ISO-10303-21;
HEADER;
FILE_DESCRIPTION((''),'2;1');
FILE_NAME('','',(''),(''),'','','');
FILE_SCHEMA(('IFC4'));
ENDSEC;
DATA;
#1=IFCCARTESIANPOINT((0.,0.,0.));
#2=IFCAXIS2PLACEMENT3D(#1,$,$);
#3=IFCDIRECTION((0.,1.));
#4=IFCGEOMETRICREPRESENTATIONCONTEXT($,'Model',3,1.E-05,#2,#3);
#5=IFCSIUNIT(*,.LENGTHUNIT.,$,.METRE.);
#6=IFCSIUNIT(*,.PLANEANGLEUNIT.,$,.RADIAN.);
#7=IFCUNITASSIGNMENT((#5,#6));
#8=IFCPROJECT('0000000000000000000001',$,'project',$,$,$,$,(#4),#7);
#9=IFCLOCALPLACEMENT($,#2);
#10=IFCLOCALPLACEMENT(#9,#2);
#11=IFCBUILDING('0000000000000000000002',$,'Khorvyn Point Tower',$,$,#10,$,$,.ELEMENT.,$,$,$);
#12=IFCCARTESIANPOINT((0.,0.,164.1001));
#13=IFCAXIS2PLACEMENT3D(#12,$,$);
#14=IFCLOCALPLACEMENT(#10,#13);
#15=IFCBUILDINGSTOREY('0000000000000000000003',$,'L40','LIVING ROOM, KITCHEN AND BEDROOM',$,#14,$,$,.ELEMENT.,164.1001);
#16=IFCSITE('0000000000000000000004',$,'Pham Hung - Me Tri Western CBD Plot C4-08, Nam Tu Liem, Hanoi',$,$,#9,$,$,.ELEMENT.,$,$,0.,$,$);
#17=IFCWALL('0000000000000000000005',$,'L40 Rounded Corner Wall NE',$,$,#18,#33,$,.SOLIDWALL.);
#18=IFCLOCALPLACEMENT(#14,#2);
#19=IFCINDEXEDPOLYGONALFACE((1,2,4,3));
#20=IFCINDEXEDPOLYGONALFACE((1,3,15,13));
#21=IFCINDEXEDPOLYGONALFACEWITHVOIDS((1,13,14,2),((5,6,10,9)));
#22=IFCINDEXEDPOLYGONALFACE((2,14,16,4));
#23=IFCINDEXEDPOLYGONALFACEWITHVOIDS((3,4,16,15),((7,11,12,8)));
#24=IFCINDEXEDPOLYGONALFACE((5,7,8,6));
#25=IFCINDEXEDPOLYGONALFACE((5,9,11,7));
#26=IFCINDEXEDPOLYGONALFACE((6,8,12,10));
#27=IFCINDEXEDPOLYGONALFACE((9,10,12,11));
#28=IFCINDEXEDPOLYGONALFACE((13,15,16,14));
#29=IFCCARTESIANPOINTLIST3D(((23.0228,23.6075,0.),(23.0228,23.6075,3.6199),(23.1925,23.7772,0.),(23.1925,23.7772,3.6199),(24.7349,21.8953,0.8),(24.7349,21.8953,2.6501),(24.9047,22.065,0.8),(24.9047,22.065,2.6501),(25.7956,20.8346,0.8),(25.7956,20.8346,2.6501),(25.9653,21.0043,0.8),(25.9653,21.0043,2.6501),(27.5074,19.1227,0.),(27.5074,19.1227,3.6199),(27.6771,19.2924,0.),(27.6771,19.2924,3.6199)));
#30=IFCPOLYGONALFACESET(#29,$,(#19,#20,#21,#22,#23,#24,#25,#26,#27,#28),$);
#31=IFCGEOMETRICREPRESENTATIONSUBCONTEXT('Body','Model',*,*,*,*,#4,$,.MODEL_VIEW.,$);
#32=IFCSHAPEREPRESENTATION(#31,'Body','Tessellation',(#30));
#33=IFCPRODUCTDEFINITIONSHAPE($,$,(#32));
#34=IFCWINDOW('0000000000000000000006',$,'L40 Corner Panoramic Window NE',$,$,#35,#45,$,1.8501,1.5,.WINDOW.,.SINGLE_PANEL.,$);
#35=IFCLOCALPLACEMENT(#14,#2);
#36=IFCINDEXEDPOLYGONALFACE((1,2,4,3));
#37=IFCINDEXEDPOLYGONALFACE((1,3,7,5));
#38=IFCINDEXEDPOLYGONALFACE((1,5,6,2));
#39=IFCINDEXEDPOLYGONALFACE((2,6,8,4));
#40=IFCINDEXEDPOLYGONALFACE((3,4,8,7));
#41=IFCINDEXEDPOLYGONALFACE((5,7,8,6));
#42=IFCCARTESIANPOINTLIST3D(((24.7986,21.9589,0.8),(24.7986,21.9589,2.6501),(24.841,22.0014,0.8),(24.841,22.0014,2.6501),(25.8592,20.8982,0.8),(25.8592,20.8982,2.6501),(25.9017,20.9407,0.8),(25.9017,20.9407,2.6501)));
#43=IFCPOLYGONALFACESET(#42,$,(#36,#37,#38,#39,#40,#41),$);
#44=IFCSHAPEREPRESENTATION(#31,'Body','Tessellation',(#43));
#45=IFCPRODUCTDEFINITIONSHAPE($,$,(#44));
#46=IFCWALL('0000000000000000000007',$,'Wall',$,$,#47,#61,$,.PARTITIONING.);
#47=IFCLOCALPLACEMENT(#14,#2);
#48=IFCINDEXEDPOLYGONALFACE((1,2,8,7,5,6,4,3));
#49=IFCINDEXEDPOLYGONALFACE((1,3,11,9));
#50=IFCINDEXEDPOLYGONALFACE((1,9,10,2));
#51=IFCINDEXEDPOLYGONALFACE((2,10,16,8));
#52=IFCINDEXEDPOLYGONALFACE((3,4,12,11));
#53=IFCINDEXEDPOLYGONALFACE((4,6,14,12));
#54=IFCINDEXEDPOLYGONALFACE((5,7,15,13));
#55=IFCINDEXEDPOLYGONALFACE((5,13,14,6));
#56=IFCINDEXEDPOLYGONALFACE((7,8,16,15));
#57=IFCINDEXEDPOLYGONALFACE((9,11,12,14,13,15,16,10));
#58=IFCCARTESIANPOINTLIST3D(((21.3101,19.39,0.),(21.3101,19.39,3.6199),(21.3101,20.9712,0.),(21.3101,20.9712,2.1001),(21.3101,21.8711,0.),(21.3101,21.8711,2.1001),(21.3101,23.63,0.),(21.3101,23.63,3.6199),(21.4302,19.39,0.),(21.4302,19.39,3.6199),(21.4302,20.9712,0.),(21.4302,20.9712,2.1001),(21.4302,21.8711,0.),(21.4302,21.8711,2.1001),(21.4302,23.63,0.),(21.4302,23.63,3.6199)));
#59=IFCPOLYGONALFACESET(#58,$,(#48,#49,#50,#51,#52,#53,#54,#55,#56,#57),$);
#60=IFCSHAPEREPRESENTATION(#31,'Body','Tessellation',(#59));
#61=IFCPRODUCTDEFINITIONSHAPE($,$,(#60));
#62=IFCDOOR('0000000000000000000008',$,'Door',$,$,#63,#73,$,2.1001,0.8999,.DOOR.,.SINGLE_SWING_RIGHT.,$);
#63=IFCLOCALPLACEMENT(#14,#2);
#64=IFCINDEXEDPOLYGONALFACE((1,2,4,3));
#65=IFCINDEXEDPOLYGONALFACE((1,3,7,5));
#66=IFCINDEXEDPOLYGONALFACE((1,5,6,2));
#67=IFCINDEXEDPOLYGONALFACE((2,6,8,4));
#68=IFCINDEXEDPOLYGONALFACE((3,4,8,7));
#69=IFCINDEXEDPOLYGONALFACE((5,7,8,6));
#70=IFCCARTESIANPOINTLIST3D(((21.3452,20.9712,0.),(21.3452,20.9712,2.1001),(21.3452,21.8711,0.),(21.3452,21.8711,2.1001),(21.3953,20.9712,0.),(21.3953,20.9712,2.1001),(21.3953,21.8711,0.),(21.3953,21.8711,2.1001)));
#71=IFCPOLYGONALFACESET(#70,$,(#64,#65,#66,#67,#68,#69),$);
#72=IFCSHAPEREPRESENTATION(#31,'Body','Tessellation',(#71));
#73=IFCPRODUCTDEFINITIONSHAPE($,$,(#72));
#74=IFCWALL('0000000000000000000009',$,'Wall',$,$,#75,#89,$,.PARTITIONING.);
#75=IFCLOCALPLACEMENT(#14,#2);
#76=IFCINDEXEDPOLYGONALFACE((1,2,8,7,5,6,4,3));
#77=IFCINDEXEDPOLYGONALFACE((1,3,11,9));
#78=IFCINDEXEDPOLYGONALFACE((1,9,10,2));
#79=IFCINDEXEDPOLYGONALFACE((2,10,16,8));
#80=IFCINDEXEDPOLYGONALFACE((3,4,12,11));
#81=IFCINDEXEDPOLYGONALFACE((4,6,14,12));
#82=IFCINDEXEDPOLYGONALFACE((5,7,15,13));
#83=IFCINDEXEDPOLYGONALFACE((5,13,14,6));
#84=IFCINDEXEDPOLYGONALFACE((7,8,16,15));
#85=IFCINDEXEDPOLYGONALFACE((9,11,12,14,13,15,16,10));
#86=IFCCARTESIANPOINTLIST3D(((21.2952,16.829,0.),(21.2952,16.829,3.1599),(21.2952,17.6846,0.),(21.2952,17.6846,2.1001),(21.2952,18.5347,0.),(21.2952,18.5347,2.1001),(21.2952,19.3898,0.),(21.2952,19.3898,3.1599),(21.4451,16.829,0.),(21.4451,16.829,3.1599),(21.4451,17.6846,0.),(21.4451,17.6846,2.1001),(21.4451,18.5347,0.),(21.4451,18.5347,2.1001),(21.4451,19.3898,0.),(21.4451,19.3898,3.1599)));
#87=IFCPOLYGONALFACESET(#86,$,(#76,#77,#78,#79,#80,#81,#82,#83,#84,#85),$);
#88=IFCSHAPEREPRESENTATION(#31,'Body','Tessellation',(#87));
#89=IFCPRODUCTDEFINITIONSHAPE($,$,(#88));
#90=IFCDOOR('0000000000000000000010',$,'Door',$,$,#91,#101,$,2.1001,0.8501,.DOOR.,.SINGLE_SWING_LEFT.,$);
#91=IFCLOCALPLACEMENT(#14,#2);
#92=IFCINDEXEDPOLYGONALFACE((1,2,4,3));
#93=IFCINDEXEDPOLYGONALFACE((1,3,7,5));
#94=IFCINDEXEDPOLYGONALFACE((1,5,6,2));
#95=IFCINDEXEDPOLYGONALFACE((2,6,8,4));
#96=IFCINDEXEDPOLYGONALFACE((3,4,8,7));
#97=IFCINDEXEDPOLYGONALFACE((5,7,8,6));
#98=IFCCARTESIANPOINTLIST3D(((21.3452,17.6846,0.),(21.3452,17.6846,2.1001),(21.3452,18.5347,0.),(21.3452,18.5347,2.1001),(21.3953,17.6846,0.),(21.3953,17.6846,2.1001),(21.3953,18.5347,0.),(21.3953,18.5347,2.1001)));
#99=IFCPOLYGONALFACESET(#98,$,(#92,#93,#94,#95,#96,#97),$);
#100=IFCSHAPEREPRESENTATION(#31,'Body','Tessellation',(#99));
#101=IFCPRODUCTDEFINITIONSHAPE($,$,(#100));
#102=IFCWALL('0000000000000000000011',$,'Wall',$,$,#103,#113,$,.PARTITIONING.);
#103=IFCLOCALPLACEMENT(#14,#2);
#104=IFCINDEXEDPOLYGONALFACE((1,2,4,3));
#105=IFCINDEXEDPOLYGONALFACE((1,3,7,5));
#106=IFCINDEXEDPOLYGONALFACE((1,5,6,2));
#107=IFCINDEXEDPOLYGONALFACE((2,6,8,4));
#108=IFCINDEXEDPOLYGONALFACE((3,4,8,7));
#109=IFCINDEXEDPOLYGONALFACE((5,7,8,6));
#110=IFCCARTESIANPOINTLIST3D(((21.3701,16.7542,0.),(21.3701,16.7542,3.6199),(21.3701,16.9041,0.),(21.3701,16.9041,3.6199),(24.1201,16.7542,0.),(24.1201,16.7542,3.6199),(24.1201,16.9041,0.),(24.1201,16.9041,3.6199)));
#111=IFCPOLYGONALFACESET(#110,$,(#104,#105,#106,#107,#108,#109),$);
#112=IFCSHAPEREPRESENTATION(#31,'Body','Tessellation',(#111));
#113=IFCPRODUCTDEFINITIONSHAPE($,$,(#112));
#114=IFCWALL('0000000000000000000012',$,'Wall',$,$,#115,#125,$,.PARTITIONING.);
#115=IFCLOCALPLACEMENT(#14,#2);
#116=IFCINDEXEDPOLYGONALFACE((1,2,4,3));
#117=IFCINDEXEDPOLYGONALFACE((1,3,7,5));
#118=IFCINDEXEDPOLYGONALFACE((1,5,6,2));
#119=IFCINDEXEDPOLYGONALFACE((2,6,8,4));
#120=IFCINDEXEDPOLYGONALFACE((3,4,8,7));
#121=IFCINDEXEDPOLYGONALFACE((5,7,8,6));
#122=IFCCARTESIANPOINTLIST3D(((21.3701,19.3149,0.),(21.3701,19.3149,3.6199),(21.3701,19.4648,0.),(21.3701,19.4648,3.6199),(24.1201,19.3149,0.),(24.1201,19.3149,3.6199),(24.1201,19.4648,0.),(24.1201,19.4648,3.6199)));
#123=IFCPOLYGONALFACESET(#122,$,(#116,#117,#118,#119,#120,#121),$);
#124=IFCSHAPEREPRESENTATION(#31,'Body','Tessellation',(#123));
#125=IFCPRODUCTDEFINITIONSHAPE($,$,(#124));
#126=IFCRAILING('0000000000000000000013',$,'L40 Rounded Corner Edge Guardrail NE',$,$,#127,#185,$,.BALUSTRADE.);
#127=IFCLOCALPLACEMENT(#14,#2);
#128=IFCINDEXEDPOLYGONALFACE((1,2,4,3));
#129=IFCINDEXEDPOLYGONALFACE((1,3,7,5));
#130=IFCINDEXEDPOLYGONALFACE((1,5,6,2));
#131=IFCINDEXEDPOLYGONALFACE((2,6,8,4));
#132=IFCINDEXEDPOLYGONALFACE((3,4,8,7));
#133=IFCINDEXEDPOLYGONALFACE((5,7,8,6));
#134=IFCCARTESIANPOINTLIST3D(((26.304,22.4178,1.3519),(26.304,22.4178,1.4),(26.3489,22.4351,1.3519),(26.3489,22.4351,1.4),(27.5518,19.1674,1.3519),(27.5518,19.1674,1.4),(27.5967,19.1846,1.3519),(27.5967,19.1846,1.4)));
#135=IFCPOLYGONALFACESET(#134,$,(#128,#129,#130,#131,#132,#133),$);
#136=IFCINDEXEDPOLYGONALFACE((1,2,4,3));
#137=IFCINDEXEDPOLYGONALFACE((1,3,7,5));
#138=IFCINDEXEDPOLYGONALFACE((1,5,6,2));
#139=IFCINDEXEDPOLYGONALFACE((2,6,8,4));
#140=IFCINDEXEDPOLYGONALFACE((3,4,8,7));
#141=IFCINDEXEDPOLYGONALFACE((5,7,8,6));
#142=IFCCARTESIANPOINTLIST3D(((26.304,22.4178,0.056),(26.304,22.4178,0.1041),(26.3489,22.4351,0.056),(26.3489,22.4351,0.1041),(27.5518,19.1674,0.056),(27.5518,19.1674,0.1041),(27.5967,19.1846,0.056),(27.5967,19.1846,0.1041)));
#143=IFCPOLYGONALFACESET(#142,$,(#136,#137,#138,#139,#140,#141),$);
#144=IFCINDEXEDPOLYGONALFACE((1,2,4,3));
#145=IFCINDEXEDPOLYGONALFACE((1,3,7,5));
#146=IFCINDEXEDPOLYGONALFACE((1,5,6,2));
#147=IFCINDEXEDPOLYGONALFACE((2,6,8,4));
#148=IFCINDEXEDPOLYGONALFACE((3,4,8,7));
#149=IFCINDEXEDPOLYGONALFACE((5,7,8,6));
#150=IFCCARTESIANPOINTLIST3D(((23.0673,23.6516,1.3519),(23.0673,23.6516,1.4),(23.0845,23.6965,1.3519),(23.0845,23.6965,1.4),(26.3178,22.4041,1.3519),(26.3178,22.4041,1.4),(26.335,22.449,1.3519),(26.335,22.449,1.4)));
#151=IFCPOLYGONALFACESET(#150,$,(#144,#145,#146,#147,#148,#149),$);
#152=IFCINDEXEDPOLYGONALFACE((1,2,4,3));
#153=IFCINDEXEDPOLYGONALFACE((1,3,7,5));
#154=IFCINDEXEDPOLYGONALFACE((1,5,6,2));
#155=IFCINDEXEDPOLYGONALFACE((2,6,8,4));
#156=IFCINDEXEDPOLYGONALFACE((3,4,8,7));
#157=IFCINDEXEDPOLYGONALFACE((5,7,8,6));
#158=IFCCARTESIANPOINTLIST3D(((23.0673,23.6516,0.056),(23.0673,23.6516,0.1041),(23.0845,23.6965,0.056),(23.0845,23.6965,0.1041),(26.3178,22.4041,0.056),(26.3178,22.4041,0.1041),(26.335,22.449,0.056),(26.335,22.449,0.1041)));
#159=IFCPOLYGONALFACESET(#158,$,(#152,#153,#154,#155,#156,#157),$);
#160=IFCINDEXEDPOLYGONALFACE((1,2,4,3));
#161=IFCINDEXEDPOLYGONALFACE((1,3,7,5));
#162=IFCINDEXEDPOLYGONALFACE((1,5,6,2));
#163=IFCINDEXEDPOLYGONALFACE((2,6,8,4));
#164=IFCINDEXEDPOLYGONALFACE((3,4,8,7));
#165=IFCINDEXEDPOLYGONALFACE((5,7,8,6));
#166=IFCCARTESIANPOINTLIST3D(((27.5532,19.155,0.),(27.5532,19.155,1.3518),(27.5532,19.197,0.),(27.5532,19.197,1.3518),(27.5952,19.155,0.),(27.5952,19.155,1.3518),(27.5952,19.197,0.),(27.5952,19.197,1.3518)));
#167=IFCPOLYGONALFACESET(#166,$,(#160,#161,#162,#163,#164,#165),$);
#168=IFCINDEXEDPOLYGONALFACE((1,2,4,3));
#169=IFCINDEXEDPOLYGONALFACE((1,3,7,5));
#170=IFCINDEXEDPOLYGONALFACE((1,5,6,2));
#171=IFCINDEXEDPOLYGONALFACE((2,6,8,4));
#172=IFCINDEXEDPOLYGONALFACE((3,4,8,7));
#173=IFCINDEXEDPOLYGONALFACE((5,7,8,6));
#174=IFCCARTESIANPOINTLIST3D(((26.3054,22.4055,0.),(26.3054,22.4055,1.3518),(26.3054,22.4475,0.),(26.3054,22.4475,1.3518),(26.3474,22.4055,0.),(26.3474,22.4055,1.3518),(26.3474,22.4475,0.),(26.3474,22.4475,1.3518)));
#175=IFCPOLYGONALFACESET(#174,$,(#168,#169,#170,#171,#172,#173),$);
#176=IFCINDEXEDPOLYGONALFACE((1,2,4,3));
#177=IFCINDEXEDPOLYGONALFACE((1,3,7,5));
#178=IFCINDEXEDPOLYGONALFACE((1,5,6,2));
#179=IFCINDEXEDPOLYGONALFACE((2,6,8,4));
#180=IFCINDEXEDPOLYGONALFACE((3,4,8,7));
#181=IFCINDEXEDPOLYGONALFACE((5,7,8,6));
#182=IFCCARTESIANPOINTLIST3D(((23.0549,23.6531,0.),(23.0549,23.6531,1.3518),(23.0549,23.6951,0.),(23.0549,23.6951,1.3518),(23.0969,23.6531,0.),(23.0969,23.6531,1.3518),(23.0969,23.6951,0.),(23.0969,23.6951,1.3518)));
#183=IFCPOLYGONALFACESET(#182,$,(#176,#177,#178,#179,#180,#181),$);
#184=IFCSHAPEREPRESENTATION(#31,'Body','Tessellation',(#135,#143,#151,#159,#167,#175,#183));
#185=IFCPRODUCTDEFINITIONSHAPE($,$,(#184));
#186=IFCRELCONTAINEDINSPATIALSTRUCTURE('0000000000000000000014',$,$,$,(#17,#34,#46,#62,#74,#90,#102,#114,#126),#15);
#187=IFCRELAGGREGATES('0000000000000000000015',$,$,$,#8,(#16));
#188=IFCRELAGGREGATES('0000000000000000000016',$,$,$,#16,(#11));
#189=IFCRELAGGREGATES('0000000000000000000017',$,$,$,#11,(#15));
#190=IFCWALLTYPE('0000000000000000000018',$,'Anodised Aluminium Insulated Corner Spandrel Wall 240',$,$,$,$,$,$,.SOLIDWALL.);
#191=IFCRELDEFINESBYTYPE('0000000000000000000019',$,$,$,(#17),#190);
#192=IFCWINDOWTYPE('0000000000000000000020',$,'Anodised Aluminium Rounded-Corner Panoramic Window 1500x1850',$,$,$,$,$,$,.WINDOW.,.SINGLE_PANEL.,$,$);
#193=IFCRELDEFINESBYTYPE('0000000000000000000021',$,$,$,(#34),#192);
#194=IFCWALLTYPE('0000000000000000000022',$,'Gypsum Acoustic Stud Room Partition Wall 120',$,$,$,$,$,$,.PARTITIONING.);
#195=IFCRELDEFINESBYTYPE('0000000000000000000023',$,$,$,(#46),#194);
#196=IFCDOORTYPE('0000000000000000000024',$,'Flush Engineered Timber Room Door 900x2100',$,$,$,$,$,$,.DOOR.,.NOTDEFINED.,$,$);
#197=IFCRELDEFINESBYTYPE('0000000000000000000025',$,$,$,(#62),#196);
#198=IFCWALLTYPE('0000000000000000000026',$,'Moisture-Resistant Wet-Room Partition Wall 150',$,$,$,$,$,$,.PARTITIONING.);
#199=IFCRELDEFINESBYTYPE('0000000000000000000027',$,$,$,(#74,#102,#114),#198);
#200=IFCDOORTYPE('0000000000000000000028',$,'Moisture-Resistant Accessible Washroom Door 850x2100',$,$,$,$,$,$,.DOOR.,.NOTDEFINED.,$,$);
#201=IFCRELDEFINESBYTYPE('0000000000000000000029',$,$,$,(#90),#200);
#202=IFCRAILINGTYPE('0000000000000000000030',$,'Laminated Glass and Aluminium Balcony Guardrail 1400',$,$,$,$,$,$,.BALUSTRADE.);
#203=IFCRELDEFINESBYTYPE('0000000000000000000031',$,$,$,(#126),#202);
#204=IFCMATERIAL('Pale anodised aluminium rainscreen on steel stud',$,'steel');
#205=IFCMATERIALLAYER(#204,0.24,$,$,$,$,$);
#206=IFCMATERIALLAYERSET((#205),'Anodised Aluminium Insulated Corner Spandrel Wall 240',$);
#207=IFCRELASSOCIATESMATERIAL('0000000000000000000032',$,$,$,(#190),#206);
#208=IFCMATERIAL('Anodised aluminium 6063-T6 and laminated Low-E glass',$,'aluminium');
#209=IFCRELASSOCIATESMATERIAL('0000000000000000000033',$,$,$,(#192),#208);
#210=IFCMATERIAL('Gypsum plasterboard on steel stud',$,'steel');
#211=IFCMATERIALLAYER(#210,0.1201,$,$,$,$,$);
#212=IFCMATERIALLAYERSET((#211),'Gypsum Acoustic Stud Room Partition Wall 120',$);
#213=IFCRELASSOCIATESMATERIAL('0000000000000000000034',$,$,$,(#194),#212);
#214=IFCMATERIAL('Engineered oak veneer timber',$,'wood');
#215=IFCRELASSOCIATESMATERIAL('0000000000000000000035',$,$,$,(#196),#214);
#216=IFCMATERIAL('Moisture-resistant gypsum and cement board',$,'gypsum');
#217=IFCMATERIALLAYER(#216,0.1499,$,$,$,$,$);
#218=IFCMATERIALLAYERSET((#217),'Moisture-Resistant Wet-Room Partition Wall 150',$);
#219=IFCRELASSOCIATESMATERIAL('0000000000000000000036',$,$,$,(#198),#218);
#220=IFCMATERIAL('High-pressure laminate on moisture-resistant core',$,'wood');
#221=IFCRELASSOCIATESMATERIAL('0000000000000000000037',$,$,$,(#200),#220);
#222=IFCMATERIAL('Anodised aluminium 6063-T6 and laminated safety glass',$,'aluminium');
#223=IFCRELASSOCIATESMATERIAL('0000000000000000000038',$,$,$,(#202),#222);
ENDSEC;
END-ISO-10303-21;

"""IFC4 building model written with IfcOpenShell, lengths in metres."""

from ifc_helpers import new_model, si_unit, direction, frame, frame_2d, origin, origin_2d, place, context, subcontext, project, spatial, rectangle, extrude, material, layer, layer_set, type_object, element, fill, save


model = new_model("IFC4")

# Units and contexts
model_context = context("Model", 3, precision=1e-05, world=origin(), true_north=direction((0.0, 1.0)))
body_context = subcontext(model_context, "Body", "Model", "MODEL_VIEW")
ifc_project = project(units=[si_unit("LENGTHUNIT", "METRE"), si_unit("PLANEANGLEUNIT", "RADIAN")], contexts=[model_context])

# Site, building, storey
site_placement = place(None, origin())
site = spatial("IfcSite", under=ifc_project, at=site_placement, Name="Pham Hung - Me Tri Western CBD Plot C4-08, Nam Tu Liem, Hanoi", CompositionType="ELEMENT", RefElevation=0.0)
building_placement = place(site_placement, origin())
building = spatial("IfcBuilding", under=site, at=building_placement, Name="Khorvyn Point Tower", CompositionType="ELEMENT")
storey_placement = place(building_placement, frame((0.0, 0.0, 164.1001)))
storey = spatial("IfcBuildingStorey", under=building, at=storey_placement, Name="L40", Description="LIVING ROOM, KITCHEN AND BEDROOM", CompositionType="ELEMENT", Elevation=164.1001)

# Shared definitions
ifc_material_1 = material(Name="Anodised aluminium 6063-T6 and laminated Low-E glass", Category="aluminium")

# Wall, opening, window
ifc_material_2 = material(Name="Pale anodised aluminium rainscreen on steel stud", Category="steel")
ifc_layer_1 = layer(ifc_material_2, 0.24)
ifc_layer_set_1 = layer_set([ifc_layer_1], Name="Anodised Aluminium Insulated Corner Spandrel Wall 240")
wall_type_1 = type_object("IfcWallType", Name="Anodised Aluminium Insulated Corner Spandrel Wall 240", PredefinedType="SOLIDWALL", material=ifc_layer_set_1)
wall_1_placement = place(storey_placement, frame((23.1077, 23.6924, 0.0), z_axis=(0.0, 0.0, 1.0), x_axis=(0.707088, -0.707126, 0.0)))
wall_1 = element("IfcWall", 1, at=wall_1_placement, inside=storey, type_object=wall_type_1, Name="L40 Rounded Corner Wall NE", PredefinedType="SOLIDWALL", context=body_context, shape_type="SweptSolid", body=[
    extrude(rectangle(XDim=6.3423, YDim=0.24, at=frame_2d((3.1711, 0.0))), origin(), (0.0, 0.0, 1.0), 3.6199),
])
opening_1_placement = place(wall_1_placement, frame((2.4214, 0.0, 0.8)))
opening_1 = element("IfcOpeningElement", 2, at=opening_1_placement, cuts=wall_1, PredefinedType="OPENING", context=body_context, shape_type="SweptSolid", body=[
    extrude(rectangle(XDim=1.5, YDim=1.8501, at=frame_2d((0.75, 0.925))), frame((0.0, 0.1299, 0.0), z_axis=(0.0, -1.0, 0.0), x_axis=(1.0, 0.0, 0.0)), (0.0, 0.0, 1.0), 0.26),
])
window_type = type_object("IfcWindowType", Name="Anodised Aluminium Rounded-Corner Panoramic Window 1500x1850", PartitioningType="SINGLE_PANEL", PredefinedType="WINDOW", material=ifc_material_1)
window_placement = place(opening_1_placement, origin())
window = element("IfcWindow", 3, at=window_placement, inside=storey, type_object=window_type, Name="L40 Corner Panoramic Window NE", OverallHeight=1.8501, OverallWidth=1.5, PartitioningType="SINGLE_PANEL", PredefinedType="WINDOW", context=body_context, shape_type="SweptSolid", body=[
    extrude(rectangle(XDim=1.5, YDim=1.8501, at=frame_2d((0.75, 0.925))), frame((0.0, 0.03, 0.0), z_axis=(0.0, -1.0, 0.0), x_axis=(1.0, 0.0, 0.0)), (0.0, 0.0, 1.0), 0.0601),
])
fill(opening_1, window)

# Walls, openings, doors
ifc_material_3 = material(Name="Gypsum plasterboard on steel stud", Category="steel")
ifc_layer_2 = layer(ifc_material_3, 0.1201)
ifc_layer_set_2 = layer_set([ifc_layer_2], Name="Gypsum Acoustic Stud Room Partition Wall 120")
wall_type_2 = type_object("IfcWallType", Name="Gypsum Acoustic Stud Room Partition Wall 120", PredefinedType="PARTITIONING", material=ifc_layer_set_2)
wall_2_placement = place(storey_placement, frame((21.3701, 19.3899, 0.0), z_axis=(0.0, 0.0, 1.0), x_axis=(0.0, 1.0, 0.0)))
wall_2 = element("IfcWall", 4, at=wall_2_placement, inside=storey, type_object=wall_type_2, Name="Wall", PredefinedType="PARTITIONING", context=body_context, shape_type="SweptSolid", body=[
    extrude(rectangle(XDim=4.24, YDim=0.1201, at=frame_2d((2.1201, 0.0))), origin(), (0.0, 0.0, 1.0), 3.6199),
])
opening_2_placement = place(wall_2_placement, frame((1.5813, 0.0, 0.0)))
opening_2 = element("IfcOpeningElement", 5, at=opening_2_placement, cuts=wall_2, PredefinedType="OPENING", context=body_context, shape_type="SweptSolid", body=[
    extrude(rectangle(XDim=0.8999, YDim=2.1001, at=frame_2d((0.45, 1.05))), frame((0.0, 0.0701, 0.0), z_axis=(0.0, -1.0, 0.0), x_axis=(1.0, 0.0, 0.0)), (0.0, 0.0, 1.0), 0.1401),
])
ifc_material_4 = material(Name="Engineered oak veneer timber", Category="wood")
door_type_1 = type_object("IfcDoorType", Name="Flush Engineered Timber Room Door 900x2100", OperationType="NOTDEFINED", PredefinedType="DOOR", material=ifc_material_4)
door_1_placement = place(opening_2_placement, origin())
door_1 = element("IfcDoor", 6, at=door_1_placement, inside=storey, type_object=door_type_1, Name="Door", OperationType="SINGLE_SWING_RIGHT", OverallHeight=2.1001, OverallWidth=0.8999, PredefinedType="DOOR", context=body_context, shape_type="SweptSolid", body=[
    extrude(rectangle(XDim=0.8999, YDim=2.1001, at=frame_2d((0.45, 1.05))), frame((0.0, 0.0249, 0.0), z_axis=(0.0, -1.0, 0.0), x_axis=(1.0, 0.0, 0.0)), (0.0, 0.0, 1.0), 0.05),
])
fill(opening_2, door_1)
ifc_material_5 = material(Name="Moisture-resistant gypsum and cement board", Category="gypsum")
ifc_layer_3 = layer(ifc_material_5, 0.1499)
ifc_layer_set_3 = layer_set([ifc_layer_3], Name="Moisture-Resistant Wet-Room Partition Wall 150")
wall_type_3 = type_object("IfcWallType", Name="Moisture-Resistant Wet-Room Partition Wall 150", PredefinedType="PARTITIONING", material=ifc_layer_set_3)
wall_3_placement = place(storey_placement, frame((21.3701, 16.8291, 0.0), z_axis=(0.0, 0.0, 1.0), x_axis=(0.0, 1.0, 0.0)))
wall_3 = element("IfcWall", 7, at=wall_3_placement, inside=storey, type_object=wall_type_3, Name="Wall", PredefinedType="PARTITIONING", context=body_context, shape_type="SweptSolid", body=[
    extrude(rectangle(XDim=2.5608, YDim=0.1499, at=frame_2d((1.2803, 0.0))), origin(), (0.0, 0.0, 1.0), 3.1599),
])
opening_3_placement = place(wall_3_placement, frame((0.8555, 0.0, 0.0)))
opening_3 = element("IfcOpeningElement", 8, at=opening_3_placement, cuts=wall_3, PredefinedType="OPENING", context=body_context, shape_type="SweptSolid", body=[
    extrude(rectangle(XDim=0.8501, YDim=2.1001, at=frame_2d((0.425, 1.05))), frame((0.0, 0.085, 0.0), z_axis=(0.0, -1.0, 0.0), x_axis=(1.0, 0.0, 0.0)), (0.0, 0.0, 1.0), 0.1699),
])
ifc_material_6 = material(Name="High-pressure laminate on moisture-resistant core", Category="wood")
door_type_2 = type_object("IfcDoorType", Name="Moisture-Resistant Accessible Washroom Door 850x2100", OperationType="NOTDEFINED", PredefinedType="DOOR", material=ifc_material_6)
door_2_placement = place(opening_3_placement, origin())
door_2 = element("IfcDoor", 9, at=door_2_placement, inside=storey, type_object=door_type_2, Name="Door", OperationType="SINGLE_SWING_LEFT", OverallHeight=2.1001, OverallWidth=0.8501, PredefinedType="DOOR", context=body_context, shape_type="SweptSolid", body=[
    extrude(rectangle(XDim=0.8501, YDim=2.1001, at=frame_2d((0.425, 1.05))), frame((0.0, 0.0249, 0.0), z_axis=(0.0, -1.0, 0.0), x_axis=(1.0, 0.0, 0.0)), (0.0, 0.0, 1.0), 0.05),
])
fill(opening_3, door_2)

# Walls
for number, where, z_axis, x_axis, name in (
    (10, (21.3701, 16.8291, 0.0), (0.0, 0.0, 1.0), (1.0, 0.0, 0.0), "Wall"),
    (11, (21.3701, 19.3899, 0.0), (0.0, 0.0, 1.0), (1.0, 0.0, 0.0), "Wall"),
):
    element("IfcWall", number, at=place(storey_placement, frame(where, z_axis=z_axis, x_axis=x_axis)), inside=storey, type_object=wall_type_3, Name=name, PredefinedType="PARTITIONING", context=body_context, shape_type="SweptSolid", body=[
        extrude(rectangle(XDim=2.75, YDim=0.1499, at=frame_2d((1.375, 0.0))), origin(), (0.0, 0.0, 1.0), 3.6199),
    ])

# Railing
ifc_material_7 = material(Name="Anodised aluminium 6063-T6 and laminated safety glass", Category="aluminium")
railing_type = type_object("IfcRailingType", Name="Laminated Glass and Aluminium Balcony Guardrail 1400", PredefinedType="BALUSTRADE", material=ifc_material_7)
railing_1_placement = place(storey_placement, frame((27.5742, 19.176, 0.0)))
element("IfcRailing", 12, at=railing_1_placement, inside=storey, type_object=railing_type, Name="L40 Rounded Corner Edge Guardrail NE", PredefinedType="BALUSTRADE", context=body_context, shape_type="SweptSolid", body=[
    extrude(rectangle(XDim=0.0481, YDim=0.0481, at=origin_2d()), frame((0.0, 0.0, 1.376), z_axis=(-0.358382, 0.933575, 0.0), x_axis=(-0.933575, -0.358382, 0.0)), (0.0, 0.0, 1.0), 3.4817),
    extrude(rectangle(XDim=0.0481, YDim=0.0481, at=origin_2d()), frame((0.0, 0.0, 0.0801), z_axis=(-0.358382, 0.933575, 0.0), x_axis=(-0.933575, -0.358382, 0.0)), (0.0, 0.0, 1.0), 3.4817),
    extrude(rectangle(XDim=0.0481, YDim=0.0481, at=origin_2d()), frame((-1.2478, 3.2505, 1.376), z_axis=(-0.933598, 0.358321, 0.0), x_axis=(-0.358321, -0.933598, 0.0)), (0.0, 0.0, 1.0), 3.4817),
    extrude(rectangle(XDim=0.0481, YDim=0.0481, at=origin_2d()), frame((-1.2478, 3.2505, 0.0801), z_axis=(-0.933598, 0.358321, 0.0), x_axis=(-0.358321, -0.933598, 0.0)), (0.0, 0.0, 1.0), 3.4817),
    extrude(rectangle(XDim=0.042, YDim=0.042, at=origin_2d()), origin(), (0.0, 0.0, 1.0), 1.3518),
    extrude(rectangle(XDim=0.042, YDim=0.042, at=origin_2d()), frame((-1.2478, 3.2505, 0.0)), (0.0, 0.0, 1.0), 1.3518),
    extrude(rectangle(XDim=0.042, YDim=0.042, at=origin_2d()), frame((-4.4983, 4.498, 0.0)), (0.0, 0.0, 1.0), 1.3518),
])

save(model, "model.ifc")
